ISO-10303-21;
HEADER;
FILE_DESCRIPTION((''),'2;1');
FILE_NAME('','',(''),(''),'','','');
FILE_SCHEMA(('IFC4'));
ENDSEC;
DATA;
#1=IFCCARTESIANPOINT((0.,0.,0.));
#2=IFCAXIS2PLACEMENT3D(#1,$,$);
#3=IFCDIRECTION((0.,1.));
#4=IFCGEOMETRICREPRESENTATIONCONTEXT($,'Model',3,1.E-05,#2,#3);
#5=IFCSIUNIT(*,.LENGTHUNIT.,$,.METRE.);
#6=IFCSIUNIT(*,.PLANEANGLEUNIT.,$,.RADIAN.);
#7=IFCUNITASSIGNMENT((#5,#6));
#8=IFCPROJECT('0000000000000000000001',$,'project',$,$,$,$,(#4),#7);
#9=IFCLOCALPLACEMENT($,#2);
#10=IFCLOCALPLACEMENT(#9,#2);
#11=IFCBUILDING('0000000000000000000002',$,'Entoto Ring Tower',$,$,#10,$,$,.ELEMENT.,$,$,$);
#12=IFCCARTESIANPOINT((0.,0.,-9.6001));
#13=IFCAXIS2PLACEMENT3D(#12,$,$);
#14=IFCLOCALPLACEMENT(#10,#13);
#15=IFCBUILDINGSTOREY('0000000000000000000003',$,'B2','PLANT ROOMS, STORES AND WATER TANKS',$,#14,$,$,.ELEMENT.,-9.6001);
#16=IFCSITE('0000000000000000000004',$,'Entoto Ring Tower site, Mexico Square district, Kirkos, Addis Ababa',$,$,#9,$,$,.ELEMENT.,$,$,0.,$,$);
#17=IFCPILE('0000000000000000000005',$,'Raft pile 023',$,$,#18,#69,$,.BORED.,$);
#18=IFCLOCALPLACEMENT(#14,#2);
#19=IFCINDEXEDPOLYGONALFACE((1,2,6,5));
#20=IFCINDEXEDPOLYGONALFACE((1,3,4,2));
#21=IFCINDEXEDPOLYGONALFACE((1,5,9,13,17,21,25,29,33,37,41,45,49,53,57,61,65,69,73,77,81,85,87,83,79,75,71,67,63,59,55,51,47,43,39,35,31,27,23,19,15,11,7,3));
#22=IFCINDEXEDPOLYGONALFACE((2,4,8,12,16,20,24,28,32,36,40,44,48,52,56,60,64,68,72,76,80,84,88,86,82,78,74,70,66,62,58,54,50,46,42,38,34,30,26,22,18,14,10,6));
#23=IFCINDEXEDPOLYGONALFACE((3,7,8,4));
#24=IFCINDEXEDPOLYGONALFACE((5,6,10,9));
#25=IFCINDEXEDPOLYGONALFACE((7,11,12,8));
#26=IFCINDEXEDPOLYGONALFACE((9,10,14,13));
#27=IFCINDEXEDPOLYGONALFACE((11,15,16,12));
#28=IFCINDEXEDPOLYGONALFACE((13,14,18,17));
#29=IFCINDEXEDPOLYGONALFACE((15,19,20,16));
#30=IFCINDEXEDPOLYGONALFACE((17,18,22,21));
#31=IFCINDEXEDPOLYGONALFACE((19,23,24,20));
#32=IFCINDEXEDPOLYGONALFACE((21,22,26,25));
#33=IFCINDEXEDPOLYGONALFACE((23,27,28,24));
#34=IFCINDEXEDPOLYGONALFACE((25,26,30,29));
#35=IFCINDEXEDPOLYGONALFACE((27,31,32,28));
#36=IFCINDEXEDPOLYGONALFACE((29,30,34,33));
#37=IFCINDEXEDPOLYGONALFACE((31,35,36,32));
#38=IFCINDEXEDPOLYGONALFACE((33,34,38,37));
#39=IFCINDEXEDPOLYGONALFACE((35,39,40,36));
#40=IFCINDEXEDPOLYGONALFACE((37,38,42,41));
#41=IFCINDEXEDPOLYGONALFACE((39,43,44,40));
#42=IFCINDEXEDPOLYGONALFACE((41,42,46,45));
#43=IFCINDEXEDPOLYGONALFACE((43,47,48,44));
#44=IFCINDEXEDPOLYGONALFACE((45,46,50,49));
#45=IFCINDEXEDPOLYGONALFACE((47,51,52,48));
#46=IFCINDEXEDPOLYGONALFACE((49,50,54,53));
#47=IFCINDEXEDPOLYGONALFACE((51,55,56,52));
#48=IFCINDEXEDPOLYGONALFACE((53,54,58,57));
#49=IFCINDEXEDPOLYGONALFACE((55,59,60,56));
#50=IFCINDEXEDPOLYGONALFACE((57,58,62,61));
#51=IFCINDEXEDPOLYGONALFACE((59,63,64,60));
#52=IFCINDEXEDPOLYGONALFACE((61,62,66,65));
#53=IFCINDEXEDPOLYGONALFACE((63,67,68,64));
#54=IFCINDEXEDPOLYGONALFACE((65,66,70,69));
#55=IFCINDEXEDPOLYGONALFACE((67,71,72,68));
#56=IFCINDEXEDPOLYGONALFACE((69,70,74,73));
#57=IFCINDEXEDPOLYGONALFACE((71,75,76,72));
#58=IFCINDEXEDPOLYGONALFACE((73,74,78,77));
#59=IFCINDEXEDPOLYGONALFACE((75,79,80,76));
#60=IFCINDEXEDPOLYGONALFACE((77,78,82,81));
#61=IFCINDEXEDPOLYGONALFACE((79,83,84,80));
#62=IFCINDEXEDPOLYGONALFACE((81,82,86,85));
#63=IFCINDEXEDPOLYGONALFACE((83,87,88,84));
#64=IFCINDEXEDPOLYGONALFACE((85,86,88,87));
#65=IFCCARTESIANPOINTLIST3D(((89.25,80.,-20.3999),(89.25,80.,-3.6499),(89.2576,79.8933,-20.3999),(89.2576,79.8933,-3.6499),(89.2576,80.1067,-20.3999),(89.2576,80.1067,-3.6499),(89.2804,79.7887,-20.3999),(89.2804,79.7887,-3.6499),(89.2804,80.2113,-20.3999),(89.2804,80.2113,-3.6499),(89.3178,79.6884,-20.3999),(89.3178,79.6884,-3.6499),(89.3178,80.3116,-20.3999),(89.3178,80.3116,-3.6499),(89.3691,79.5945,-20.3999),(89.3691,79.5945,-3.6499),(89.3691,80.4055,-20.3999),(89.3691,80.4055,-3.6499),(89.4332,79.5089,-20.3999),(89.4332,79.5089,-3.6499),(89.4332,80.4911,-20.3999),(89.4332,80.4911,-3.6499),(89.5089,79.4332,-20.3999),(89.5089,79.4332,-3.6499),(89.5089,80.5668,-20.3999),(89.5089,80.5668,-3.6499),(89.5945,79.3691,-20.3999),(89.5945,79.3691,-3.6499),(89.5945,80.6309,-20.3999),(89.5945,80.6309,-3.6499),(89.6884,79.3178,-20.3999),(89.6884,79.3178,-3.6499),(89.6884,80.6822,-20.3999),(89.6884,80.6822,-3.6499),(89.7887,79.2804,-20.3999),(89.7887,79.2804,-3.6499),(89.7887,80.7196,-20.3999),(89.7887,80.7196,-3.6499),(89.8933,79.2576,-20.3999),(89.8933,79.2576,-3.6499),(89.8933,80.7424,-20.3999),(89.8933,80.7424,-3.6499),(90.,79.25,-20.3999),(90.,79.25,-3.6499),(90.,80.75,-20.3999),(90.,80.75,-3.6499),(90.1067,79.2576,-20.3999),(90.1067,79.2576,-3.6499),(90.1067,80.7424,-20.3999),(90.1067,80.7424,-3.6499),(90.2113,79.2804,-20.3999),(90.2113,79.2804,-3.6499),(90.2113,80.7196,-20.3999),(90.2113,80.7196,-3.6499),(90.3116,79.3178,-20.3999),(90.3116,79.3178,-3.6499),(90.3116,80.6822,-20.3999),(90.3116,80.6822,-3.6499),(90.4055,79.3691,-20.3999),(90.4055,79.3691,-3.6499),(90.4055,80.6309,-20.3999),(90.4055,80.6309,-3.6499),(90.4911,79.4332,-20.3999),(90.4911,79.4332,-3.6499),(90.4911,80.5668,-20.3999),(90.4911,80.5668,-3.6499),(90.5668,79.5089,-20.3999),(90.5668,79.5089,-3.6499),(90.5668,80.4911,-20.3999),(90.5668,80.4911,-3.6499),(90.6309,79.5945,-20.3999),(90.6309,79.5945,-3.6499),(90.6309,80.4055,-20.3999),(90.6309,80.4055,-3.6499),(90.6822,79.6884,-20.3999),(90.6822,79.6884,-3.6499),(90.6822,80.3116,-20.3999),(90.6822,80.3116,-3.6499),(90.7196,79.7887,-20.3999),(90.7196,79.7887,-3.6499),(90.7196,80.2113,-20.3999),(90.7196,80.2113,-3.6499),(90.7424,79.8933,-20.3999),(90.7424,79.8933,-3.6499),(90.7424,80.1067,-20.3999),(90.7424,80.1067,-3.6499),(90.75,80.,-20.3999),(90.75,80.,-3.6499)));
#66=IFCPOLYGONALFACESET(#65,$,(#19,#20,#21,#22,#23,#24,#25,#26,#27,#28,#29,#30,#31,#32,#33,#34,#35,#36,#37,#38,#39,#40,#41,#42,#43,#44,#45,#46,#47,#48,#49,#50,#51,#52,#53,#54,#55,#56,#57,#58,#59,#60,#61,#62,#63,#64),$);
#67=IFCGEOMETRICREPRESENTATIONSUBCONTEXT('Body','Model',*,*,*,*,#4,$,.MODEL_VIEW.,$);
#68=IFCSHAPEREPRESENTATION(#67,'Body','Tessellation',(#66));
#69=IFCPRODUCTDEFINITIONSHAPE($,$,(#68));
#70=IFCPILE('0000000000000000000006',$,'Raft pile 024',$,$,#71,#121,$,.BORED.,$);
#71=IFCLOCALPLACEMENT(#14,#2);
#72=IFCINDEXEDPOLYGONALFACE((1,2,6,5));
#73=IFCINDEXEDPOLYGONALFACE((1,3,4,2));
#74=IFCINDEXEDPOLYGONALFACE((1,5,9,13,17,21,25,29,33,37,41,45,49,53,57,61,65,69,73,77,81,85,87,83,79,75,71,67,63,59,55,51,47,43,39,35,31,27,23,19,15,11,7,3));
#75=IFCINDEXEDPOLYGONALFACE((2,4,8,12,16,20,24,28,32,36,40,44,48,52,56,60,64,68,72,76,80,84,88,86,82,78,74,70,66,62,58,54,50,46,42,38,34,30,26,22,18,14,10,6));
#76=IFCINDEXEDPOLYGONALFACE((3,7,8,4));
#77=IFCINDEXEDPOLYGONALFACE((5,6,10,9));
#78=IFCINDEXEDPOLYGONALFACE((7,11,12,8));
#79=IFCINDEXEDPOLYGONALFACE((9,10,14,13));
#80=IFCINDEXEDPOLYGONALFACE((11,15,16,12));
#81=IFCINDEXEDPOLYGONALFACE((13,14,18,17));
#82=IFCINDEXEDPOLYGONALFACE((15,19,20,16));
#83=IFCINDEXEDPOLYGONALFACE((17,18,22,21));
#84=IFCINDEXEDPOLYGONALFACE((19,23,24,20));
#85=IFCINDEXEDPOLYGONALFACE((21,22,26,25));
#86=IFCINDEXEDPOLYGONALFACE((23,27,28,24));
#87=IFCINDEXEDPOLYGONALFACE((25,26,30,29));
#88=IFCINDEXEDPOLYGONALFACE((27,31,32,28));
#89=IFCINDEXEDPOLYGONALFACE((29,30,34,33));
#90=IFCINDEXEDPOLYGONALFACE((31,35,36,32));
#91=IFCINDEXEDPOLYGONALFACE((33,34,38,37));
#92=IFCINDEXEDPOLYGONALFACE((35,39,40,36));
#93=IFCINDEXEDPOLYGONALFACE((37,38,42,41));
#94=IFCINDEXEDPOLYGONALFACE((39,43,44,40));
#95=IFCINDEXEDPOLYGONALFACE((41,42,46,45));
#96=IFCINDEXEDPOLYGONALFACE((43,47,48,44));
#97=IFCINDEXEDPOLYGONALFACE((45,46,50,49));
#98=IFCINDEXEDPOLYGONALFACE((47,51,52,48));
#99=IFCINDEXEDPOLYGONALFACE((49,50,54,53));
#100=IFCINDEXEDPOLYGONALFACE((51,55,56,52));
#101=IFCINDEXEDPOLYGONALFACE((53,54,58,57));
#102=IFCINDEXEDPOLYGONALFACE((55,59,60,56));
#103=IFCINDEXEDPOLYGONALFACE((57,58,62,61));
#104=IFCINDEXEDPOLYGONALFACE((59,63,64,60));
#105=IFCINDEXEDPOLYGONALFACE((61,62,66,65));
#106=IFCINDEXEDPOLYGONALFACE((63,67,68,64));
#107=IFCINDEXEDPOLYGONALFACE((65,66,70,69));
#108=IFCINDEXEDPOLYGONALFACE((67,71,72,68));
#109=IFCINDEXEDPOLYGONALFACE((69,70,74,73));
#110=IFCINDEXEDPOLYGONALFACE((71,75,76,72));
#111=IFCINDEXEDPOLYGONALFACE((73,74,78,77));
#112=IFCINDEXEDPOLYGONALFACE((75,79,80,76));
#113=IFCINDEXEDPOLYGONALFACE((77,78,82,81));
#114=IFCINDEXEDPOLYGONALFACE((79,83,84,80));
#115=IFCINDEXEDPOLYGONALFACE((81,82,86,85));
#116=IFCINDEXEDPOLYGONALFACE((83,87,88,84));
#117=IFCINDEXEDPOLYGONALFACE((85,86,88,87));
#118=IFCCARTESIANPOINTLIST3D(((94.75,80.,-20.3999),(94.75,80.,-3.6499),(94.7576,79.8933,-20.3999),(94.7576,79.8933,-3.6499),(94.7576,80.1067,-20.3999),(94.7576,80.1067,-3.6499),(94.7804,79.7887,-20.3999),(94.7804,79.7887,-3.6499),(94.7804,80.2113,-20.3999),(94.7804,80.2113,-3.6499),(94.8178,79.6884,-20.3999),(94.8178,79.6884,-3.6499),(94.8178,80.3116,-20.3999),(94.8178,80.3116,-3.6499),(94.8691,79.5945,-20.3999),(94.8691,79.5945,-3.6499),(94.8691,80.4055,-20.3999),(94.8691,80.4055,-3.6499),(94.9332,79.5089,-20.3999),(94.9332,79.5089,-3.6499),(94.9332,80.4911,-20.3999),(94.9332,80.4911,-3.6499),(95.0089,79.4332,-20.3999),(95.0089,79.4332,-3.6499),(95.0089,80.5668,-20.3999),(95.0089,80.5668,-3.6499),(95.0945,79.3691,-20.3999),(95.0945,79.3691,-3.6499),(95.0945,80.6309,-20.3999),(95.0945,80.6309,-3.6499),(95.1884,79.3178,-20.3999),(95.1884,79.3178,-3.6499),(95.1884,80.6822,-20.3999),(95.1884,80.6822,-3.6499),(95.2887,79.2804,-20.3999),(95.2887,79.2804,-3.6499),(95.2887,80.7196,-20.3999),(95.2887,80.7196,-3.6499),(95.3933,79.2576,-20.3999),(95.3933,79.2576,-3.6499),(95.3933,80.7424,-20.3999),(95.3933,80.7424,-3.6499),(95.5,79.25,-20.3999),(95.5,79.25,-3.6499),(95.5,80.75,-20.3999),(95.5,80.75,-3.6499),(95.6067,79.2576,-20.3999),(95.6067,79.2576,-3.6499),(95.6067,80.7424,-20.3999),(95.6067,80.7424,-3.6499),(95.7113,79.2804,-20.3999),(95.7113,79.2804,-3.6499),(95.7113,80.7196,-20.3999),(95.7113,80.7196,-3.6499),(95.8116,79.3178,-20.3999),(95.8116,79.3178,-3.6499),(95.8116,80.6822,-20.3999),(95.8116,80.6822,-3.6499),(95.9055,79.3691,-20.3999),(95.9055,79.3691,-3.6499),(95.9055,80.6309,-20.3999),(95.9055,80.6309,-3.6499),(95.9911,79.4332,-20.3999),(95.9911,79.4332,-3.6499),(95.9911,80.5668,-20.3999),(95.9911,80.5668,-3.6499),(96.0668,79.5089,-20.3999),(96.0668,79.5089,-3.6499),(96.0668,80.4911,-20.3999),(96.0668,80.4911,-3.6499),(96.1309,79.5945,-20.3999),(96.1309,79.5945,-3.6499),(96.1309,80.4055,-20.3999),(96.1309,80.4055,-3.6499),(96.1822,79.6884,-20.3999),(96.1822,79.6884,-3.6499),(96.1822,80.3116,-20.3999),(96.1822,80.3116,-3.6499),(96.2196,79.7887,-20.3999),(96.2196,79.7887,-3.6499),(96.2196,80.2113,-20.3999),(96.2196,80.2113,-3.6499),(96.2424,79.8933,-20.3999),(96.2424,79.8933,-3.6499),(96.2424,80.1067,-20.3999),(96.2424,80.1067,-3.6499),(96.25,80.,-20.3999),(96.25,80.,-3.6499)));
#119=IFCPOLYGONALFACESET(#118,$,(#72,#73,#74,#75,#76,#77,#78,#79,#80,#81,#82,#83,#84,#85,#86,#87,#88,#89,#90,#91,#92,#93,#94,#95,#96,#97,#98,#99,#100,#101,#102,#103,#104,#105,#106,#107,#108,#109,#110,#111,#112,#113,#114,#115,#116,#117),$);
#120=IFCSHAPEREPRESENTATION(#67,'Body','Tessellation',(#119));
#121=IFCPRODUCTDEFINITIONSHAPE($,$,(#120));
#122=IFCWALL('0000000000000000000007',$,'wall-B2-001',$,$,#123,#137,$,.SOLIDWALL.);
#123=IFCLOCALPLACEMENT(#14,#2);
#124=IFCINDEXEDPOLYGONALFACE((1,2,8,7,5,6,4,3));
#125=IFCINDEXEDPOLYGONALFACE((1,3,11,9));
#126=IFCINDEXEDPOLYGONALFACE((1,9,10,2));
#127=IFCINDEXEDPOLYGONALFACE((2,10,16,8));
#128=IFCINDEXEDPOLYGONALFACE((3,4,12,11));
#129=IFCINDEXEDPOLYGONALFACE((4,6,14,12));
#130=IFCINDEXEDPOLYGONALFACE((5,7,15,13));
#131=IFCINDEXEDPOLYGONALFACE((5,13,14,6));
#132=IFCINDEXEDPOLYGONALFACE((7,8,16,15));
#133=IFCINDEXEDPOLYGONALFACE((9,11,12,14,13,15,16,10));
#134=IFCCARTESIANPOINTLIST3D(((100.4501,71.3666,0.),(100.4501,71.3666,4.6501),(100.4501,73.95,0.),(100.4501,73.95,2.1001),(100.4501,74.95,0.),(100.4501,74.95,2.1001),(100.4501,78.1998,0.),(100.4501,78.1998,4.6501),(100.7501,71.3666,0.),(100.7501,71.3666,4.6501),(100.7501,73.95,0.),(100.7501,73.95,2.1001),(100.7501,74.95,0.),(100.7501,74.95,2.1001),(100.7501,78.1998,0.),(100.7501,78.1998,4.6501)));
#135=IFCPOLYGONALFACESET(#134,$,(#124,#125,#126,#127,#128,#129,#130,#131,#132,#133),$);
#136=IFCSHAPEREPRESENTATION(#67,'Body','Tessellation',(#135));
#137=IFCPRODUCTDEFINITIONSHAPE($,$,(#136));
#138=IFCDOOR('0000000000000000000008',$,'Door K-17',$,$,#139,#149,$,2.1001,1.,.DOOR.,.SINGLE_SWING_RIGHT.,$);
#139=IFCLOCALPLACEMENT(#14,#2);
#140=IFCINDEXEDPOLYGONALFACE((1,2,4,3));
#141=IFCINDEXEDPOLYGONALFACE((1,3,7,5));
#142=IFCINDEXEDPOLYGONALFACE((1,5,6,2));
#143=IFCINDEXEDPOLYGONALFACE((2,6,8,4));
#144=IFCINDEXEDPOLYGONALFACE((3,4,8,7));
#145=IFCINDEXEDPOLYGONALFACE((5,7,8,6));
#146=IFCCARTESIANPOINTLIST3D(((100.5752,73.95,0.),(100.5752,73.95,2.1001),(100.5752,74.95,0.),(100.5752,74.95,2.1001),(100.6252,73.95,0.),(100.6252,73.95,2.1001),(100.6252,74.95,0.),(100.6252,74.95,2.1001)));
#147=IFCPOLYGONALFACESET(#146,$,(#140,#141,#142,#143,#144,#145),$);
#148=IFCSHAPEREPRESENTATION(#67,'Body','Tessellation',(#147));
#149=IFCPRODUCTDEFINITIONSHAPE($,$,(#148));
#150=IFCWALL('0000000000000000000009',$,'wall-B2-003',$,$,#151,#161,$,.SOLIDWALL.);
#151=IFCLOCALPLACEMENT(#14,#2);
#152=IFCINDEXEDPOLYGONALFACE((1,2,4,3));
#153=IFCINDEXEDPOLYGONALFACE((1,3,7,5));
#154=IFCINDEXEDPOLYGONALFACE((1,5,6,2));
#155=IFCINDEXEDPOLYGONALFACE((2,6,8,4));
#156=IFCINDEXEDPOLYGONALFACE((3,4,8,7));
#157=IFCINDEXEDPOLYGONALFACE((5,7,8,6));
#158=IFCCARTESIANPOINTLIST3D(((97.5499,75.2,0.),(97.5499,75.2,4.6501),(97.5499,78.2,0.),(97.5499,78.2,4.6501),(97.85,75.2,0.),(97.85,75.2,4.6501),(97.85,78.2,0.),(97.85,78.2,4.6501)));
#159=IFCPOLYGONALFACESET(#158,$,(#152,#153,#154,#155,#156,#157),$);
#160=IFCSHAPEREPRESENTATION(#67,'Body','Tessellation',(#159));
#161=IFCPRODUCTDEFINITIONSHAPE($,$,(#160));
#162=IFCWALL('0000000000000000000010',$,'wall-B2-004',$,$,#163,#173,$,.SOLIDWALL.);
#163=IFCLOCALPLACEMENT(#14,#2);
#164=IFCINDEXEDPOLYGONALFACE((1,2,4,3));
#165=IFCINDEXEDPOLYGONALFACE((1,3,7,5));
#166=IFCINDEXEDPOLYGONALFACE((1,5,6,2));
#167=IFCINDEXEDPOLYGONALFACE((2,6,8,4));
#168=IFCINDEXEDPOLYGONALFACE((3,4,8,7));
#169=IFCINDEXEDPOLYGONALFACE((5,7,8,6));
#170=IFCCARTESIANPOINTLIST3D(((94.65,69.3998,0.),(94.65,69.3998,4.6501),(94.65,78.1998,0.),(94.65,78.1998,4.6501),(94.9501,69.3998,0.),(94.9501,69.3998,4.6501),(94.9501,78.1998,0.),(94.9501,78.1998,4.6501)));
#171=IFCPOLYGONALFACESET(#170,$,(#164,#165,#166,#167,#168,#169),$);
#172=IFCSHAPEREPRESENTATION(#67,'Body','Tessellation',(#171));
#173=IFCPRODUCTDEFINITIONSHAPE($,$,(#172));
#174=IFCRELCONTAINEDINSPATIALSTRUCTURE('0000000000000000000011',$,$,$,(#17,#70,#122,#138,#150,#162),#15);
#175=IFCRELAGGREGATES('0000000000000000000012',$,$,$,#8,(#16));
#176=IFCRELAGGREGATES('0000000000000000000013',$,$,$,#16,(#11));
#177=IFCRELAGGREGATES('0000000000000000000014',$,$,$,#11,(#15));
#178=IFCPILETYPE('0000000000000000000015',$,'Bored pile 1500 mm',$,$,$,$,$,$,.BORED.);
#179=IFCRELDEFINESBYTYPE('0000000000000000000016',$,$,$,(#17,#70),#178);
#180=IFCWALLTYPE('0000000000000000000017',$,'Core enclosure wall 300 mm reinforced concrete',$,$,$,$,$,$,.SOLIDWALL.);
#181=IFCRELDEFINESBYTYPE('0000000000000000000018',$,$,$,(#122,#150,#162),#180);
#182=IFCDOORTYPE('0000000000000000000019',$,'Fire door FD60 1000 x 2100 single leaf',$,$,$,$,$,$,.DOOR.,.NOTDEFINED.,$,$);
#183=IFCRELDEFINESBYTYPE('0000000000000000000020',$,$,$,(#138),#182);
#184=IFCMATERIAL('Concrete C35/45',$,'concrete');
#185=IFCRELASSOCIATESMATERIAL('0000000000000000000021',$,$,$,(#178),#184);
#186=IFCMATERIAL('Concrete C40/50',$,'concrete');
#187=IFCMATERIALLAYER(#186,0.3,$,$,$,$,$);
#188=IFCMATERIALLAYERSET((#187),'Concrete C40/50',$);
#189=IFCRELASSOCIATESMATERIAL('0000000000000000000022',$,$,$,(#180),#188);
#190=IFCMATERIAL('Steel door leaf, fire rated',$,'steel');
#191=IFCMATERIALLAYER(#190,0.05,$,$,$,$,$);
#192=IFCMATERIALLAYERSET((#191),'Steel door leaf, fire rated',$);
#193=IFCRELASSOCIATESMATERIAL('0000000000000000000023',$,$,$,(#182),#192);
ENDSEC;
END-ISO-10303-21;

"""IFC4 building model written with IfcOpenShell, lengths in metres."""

from ifc_helpers import new_model, si_unit, direction, frame, frame_2d, origin, origin_2d, place, context, subcontext, project, spatial, rectangle, circle, extrude, material, layer, layer_set, material_profile, profile_set, type_object, element, fill, save


model = new_model("IFC4")

# Units and contexts
model_context = context("Model", 3, precision=1e-05, world=origin(), true_north=direction((0.0, 1.0)))
body_context = subcontext(model_context, "Body", "Model", "MODEL_VIEW")
ifc_project = project(units=[si_unit("LENGTHUNIT", "METRE"), si_unit("PLANEANGLEUNIT", "RADIAN")], contexts=[model_context])

# Site, building, storey
site_placement = place(None, origin())
site = spatial("IfcSite", under=ifc_project, at=site_placement, Name="Entoto Ring Tower site, Mexico Square district, Kirkos, Addis Ababa", CompositionType="ELEMENT", RefElevation=0.0)
building_placement = place(site_placement, origin())
building = spatial("IfcBuilding", under=site, at=building_placement, Name="Entoto Ring Tower", CompositionType="ELEMENT")
storey_placement = place(building_placement, frame((0.0, 0.0, -9.6001)))
storey = spatial("IfcBuildingStorey", under=building, at=storey_placement, Name="B2", Description="PLANT ROOMS, STORES AND WATER TANKS", CompositionType="ELEMENT", Elevation=-9.6001)

# Piles
ifc_material_1 = material(Name="Concrete C35/45", Category="concrete")
ifc_material_profile = material_profile(ifc_material_1, circle(Radius=0.75, at=origin_2d()), Name="Bored pile 1500 mm")
ifc_profile_set = profile_set([ifc_material_profile], Name="Concrete C35/45")
pile_type = type_object("IfcPileType", Name="Bored pile 1500 mm", PredefinedType="BORED", material=ifc_profile_set)
for number, where, z_axis, x_axis, name in (
    (1, (90.0, 80.0, -3.6499), (0.0, 0.0, -1.0), (1.0, 0.0, 0.0), "Raft pile 023"),
    (2, (95.5, 80.0, -3.6499), (0.0, 0.0, -1.0), (1.0, 0.0, 0.0), "Raft pile 024"),
):
    element("IfcPile", number, at=place(storey_placement, frame(where, z_axis=z_axis, x_axis=x_axis)), inside=storey, type_object=pile_type, Name=name, PredefinedType="BORED", context=body_context, shape_type="SweptSolid", body=[
        extrude(circle(Radius=0.75, at=origin_2d()), origin(), (0.0, 0.0, 1.0), 16.75),
    ])

# Wall, opening, door
ifc_material_2 = material(Name="Concrete C40/50", Category="concrete")
ifc_layer_1 = layer(ifc_material_2, 0.3)
ifc_layer_set_1 = layer_set([ifc_layer_1], Name="Concrete C40/50")
wall_type_1 = type_object("IfcWallType", Name="Core enclosure wall 300 mm reinforced concrete", PredefinedType="SOLIDWALL", material=ifc_layer_set_1)
wall_1_placement = place(storey_placement, frame((100.6001, 71.3667, 0.0), z_axis=(0.0, 0.0, 1.0), x_axis=(0.0, 1.0, 0.0)))
wall_1 = element("IfcWall", 3, at=wall_1_placement, inside=storey, type_object=wall_type_1, Name="wall-B2-001", PredefinedType="SOLIDWALL", context=body_context, shape_type="SweptSolid", body=[
    extrude(rectangle(XDim=6.8333, YDim=0.3, at=frame_2d((3.4165, 0.0))), origin(), (0.0, 0.0, 1.0), 4.6501),
])
opening_1_placement = place(wall_1_placement, frame((2.5833, 0.0, 0.0)))
opening_1 = element("IfcOpeningElement", 4, at=opening_1_placement, cuts=wall_1, PredefinedType="OPENING", context=body_context, shape_type="SweptSolid", body=[
    extrude(rectangle(XDim=1.0, YDim=2.1001, at=frame_2d((0.5, 1.05))), frame((0.0, 0.1602, 0.0), z_axis=(0.0, -1.0, 0.0), x_axis=(1.0, 0.0, 0.0)), (0.0, 0.0, 1.0), 0.3201),
])
ifc_material_3 = material(Name="Steel door leaf, fire rated", Category="steel")
ifc_layer_2 = layer(ifc_material_3, 0.05)
ifc_layer_set_2 = layer_set([ifc_layer_2], Name="Steel door leaf, fire rated")
door_type_1 = type_object("IfcDoorType", Name="Fire door FD60 1000 x 2100 single leaf", OperationType="NOTDEFINED", PredefinedType="DOOR", material=ifc_layer_set_2)
door_1_placement = place(opening_1_placement, origin())
door_1 = element("IfcDoor", 5, at=door_1_placement, inside=storey, type_object=door_type_1, Name="Door K-17", OperationType="SINGLE_SWING_RIGHT", OverallHeight=2.1001, OverallWidth=1.0, PredefinedType="DOOR", context=body_context, shape_type="SweptSolid", body=[
    extrude(rectangle(XDim=1.0, YDim=2.1001, at=frame_2d((0.5, 1.05))), frame((0.0, 0.0249, 0.0), z_axis=(0.0, -1.0, 0.0), x_axis=(1.0, 0.0, 0.0)), (0.0, 0.0, 1.0), 0.05),
])
fill(opening_1, door_1)

# Walls
wall_2_placement = place(storey_placement, frame((97.7, 75.2, 0.0), z_axis=(0.0, 0.0, 1.0), x_axis=(0.0, 1.0, 0.0)))
element("IfcWall", 6, at=wall_2_placement, inside=storey, type_object=wall_type_1, Name="wall-B2-003", PredefinedType="SOLIDWALL", context=body_context, shape_type="SweptSolid", body=[
    extrude(rectangle(XDim=3.0, YDim=0.3, at=frame_2d((1.5, 0.0))), origin(), (0.0, 0.0, 1.0), 4.6501),
])
wall_3_placement = place(storey_placement, frame((94.8, 69.3999, 0.0), z_axis=(0.0, 0.0, 1.0), x_axis=(0.0, 1.0, 0.0)))
element("IfcWall", 7, at=wall_3_placement, inside=storey, type_object=wall_type_1, Name="wall-B2-004", PredefinedType="SOLIDWALL", context=body_context, shape_type="SweptSolid", body=[
    extrude(rectangle(XDim=8.8, YDim=0.3, at=frame_2d((4.3999, 0.0))), origin(), (0.0, 0.0, 1.0), 4.6501),
])

save(model, "model.ifc")
